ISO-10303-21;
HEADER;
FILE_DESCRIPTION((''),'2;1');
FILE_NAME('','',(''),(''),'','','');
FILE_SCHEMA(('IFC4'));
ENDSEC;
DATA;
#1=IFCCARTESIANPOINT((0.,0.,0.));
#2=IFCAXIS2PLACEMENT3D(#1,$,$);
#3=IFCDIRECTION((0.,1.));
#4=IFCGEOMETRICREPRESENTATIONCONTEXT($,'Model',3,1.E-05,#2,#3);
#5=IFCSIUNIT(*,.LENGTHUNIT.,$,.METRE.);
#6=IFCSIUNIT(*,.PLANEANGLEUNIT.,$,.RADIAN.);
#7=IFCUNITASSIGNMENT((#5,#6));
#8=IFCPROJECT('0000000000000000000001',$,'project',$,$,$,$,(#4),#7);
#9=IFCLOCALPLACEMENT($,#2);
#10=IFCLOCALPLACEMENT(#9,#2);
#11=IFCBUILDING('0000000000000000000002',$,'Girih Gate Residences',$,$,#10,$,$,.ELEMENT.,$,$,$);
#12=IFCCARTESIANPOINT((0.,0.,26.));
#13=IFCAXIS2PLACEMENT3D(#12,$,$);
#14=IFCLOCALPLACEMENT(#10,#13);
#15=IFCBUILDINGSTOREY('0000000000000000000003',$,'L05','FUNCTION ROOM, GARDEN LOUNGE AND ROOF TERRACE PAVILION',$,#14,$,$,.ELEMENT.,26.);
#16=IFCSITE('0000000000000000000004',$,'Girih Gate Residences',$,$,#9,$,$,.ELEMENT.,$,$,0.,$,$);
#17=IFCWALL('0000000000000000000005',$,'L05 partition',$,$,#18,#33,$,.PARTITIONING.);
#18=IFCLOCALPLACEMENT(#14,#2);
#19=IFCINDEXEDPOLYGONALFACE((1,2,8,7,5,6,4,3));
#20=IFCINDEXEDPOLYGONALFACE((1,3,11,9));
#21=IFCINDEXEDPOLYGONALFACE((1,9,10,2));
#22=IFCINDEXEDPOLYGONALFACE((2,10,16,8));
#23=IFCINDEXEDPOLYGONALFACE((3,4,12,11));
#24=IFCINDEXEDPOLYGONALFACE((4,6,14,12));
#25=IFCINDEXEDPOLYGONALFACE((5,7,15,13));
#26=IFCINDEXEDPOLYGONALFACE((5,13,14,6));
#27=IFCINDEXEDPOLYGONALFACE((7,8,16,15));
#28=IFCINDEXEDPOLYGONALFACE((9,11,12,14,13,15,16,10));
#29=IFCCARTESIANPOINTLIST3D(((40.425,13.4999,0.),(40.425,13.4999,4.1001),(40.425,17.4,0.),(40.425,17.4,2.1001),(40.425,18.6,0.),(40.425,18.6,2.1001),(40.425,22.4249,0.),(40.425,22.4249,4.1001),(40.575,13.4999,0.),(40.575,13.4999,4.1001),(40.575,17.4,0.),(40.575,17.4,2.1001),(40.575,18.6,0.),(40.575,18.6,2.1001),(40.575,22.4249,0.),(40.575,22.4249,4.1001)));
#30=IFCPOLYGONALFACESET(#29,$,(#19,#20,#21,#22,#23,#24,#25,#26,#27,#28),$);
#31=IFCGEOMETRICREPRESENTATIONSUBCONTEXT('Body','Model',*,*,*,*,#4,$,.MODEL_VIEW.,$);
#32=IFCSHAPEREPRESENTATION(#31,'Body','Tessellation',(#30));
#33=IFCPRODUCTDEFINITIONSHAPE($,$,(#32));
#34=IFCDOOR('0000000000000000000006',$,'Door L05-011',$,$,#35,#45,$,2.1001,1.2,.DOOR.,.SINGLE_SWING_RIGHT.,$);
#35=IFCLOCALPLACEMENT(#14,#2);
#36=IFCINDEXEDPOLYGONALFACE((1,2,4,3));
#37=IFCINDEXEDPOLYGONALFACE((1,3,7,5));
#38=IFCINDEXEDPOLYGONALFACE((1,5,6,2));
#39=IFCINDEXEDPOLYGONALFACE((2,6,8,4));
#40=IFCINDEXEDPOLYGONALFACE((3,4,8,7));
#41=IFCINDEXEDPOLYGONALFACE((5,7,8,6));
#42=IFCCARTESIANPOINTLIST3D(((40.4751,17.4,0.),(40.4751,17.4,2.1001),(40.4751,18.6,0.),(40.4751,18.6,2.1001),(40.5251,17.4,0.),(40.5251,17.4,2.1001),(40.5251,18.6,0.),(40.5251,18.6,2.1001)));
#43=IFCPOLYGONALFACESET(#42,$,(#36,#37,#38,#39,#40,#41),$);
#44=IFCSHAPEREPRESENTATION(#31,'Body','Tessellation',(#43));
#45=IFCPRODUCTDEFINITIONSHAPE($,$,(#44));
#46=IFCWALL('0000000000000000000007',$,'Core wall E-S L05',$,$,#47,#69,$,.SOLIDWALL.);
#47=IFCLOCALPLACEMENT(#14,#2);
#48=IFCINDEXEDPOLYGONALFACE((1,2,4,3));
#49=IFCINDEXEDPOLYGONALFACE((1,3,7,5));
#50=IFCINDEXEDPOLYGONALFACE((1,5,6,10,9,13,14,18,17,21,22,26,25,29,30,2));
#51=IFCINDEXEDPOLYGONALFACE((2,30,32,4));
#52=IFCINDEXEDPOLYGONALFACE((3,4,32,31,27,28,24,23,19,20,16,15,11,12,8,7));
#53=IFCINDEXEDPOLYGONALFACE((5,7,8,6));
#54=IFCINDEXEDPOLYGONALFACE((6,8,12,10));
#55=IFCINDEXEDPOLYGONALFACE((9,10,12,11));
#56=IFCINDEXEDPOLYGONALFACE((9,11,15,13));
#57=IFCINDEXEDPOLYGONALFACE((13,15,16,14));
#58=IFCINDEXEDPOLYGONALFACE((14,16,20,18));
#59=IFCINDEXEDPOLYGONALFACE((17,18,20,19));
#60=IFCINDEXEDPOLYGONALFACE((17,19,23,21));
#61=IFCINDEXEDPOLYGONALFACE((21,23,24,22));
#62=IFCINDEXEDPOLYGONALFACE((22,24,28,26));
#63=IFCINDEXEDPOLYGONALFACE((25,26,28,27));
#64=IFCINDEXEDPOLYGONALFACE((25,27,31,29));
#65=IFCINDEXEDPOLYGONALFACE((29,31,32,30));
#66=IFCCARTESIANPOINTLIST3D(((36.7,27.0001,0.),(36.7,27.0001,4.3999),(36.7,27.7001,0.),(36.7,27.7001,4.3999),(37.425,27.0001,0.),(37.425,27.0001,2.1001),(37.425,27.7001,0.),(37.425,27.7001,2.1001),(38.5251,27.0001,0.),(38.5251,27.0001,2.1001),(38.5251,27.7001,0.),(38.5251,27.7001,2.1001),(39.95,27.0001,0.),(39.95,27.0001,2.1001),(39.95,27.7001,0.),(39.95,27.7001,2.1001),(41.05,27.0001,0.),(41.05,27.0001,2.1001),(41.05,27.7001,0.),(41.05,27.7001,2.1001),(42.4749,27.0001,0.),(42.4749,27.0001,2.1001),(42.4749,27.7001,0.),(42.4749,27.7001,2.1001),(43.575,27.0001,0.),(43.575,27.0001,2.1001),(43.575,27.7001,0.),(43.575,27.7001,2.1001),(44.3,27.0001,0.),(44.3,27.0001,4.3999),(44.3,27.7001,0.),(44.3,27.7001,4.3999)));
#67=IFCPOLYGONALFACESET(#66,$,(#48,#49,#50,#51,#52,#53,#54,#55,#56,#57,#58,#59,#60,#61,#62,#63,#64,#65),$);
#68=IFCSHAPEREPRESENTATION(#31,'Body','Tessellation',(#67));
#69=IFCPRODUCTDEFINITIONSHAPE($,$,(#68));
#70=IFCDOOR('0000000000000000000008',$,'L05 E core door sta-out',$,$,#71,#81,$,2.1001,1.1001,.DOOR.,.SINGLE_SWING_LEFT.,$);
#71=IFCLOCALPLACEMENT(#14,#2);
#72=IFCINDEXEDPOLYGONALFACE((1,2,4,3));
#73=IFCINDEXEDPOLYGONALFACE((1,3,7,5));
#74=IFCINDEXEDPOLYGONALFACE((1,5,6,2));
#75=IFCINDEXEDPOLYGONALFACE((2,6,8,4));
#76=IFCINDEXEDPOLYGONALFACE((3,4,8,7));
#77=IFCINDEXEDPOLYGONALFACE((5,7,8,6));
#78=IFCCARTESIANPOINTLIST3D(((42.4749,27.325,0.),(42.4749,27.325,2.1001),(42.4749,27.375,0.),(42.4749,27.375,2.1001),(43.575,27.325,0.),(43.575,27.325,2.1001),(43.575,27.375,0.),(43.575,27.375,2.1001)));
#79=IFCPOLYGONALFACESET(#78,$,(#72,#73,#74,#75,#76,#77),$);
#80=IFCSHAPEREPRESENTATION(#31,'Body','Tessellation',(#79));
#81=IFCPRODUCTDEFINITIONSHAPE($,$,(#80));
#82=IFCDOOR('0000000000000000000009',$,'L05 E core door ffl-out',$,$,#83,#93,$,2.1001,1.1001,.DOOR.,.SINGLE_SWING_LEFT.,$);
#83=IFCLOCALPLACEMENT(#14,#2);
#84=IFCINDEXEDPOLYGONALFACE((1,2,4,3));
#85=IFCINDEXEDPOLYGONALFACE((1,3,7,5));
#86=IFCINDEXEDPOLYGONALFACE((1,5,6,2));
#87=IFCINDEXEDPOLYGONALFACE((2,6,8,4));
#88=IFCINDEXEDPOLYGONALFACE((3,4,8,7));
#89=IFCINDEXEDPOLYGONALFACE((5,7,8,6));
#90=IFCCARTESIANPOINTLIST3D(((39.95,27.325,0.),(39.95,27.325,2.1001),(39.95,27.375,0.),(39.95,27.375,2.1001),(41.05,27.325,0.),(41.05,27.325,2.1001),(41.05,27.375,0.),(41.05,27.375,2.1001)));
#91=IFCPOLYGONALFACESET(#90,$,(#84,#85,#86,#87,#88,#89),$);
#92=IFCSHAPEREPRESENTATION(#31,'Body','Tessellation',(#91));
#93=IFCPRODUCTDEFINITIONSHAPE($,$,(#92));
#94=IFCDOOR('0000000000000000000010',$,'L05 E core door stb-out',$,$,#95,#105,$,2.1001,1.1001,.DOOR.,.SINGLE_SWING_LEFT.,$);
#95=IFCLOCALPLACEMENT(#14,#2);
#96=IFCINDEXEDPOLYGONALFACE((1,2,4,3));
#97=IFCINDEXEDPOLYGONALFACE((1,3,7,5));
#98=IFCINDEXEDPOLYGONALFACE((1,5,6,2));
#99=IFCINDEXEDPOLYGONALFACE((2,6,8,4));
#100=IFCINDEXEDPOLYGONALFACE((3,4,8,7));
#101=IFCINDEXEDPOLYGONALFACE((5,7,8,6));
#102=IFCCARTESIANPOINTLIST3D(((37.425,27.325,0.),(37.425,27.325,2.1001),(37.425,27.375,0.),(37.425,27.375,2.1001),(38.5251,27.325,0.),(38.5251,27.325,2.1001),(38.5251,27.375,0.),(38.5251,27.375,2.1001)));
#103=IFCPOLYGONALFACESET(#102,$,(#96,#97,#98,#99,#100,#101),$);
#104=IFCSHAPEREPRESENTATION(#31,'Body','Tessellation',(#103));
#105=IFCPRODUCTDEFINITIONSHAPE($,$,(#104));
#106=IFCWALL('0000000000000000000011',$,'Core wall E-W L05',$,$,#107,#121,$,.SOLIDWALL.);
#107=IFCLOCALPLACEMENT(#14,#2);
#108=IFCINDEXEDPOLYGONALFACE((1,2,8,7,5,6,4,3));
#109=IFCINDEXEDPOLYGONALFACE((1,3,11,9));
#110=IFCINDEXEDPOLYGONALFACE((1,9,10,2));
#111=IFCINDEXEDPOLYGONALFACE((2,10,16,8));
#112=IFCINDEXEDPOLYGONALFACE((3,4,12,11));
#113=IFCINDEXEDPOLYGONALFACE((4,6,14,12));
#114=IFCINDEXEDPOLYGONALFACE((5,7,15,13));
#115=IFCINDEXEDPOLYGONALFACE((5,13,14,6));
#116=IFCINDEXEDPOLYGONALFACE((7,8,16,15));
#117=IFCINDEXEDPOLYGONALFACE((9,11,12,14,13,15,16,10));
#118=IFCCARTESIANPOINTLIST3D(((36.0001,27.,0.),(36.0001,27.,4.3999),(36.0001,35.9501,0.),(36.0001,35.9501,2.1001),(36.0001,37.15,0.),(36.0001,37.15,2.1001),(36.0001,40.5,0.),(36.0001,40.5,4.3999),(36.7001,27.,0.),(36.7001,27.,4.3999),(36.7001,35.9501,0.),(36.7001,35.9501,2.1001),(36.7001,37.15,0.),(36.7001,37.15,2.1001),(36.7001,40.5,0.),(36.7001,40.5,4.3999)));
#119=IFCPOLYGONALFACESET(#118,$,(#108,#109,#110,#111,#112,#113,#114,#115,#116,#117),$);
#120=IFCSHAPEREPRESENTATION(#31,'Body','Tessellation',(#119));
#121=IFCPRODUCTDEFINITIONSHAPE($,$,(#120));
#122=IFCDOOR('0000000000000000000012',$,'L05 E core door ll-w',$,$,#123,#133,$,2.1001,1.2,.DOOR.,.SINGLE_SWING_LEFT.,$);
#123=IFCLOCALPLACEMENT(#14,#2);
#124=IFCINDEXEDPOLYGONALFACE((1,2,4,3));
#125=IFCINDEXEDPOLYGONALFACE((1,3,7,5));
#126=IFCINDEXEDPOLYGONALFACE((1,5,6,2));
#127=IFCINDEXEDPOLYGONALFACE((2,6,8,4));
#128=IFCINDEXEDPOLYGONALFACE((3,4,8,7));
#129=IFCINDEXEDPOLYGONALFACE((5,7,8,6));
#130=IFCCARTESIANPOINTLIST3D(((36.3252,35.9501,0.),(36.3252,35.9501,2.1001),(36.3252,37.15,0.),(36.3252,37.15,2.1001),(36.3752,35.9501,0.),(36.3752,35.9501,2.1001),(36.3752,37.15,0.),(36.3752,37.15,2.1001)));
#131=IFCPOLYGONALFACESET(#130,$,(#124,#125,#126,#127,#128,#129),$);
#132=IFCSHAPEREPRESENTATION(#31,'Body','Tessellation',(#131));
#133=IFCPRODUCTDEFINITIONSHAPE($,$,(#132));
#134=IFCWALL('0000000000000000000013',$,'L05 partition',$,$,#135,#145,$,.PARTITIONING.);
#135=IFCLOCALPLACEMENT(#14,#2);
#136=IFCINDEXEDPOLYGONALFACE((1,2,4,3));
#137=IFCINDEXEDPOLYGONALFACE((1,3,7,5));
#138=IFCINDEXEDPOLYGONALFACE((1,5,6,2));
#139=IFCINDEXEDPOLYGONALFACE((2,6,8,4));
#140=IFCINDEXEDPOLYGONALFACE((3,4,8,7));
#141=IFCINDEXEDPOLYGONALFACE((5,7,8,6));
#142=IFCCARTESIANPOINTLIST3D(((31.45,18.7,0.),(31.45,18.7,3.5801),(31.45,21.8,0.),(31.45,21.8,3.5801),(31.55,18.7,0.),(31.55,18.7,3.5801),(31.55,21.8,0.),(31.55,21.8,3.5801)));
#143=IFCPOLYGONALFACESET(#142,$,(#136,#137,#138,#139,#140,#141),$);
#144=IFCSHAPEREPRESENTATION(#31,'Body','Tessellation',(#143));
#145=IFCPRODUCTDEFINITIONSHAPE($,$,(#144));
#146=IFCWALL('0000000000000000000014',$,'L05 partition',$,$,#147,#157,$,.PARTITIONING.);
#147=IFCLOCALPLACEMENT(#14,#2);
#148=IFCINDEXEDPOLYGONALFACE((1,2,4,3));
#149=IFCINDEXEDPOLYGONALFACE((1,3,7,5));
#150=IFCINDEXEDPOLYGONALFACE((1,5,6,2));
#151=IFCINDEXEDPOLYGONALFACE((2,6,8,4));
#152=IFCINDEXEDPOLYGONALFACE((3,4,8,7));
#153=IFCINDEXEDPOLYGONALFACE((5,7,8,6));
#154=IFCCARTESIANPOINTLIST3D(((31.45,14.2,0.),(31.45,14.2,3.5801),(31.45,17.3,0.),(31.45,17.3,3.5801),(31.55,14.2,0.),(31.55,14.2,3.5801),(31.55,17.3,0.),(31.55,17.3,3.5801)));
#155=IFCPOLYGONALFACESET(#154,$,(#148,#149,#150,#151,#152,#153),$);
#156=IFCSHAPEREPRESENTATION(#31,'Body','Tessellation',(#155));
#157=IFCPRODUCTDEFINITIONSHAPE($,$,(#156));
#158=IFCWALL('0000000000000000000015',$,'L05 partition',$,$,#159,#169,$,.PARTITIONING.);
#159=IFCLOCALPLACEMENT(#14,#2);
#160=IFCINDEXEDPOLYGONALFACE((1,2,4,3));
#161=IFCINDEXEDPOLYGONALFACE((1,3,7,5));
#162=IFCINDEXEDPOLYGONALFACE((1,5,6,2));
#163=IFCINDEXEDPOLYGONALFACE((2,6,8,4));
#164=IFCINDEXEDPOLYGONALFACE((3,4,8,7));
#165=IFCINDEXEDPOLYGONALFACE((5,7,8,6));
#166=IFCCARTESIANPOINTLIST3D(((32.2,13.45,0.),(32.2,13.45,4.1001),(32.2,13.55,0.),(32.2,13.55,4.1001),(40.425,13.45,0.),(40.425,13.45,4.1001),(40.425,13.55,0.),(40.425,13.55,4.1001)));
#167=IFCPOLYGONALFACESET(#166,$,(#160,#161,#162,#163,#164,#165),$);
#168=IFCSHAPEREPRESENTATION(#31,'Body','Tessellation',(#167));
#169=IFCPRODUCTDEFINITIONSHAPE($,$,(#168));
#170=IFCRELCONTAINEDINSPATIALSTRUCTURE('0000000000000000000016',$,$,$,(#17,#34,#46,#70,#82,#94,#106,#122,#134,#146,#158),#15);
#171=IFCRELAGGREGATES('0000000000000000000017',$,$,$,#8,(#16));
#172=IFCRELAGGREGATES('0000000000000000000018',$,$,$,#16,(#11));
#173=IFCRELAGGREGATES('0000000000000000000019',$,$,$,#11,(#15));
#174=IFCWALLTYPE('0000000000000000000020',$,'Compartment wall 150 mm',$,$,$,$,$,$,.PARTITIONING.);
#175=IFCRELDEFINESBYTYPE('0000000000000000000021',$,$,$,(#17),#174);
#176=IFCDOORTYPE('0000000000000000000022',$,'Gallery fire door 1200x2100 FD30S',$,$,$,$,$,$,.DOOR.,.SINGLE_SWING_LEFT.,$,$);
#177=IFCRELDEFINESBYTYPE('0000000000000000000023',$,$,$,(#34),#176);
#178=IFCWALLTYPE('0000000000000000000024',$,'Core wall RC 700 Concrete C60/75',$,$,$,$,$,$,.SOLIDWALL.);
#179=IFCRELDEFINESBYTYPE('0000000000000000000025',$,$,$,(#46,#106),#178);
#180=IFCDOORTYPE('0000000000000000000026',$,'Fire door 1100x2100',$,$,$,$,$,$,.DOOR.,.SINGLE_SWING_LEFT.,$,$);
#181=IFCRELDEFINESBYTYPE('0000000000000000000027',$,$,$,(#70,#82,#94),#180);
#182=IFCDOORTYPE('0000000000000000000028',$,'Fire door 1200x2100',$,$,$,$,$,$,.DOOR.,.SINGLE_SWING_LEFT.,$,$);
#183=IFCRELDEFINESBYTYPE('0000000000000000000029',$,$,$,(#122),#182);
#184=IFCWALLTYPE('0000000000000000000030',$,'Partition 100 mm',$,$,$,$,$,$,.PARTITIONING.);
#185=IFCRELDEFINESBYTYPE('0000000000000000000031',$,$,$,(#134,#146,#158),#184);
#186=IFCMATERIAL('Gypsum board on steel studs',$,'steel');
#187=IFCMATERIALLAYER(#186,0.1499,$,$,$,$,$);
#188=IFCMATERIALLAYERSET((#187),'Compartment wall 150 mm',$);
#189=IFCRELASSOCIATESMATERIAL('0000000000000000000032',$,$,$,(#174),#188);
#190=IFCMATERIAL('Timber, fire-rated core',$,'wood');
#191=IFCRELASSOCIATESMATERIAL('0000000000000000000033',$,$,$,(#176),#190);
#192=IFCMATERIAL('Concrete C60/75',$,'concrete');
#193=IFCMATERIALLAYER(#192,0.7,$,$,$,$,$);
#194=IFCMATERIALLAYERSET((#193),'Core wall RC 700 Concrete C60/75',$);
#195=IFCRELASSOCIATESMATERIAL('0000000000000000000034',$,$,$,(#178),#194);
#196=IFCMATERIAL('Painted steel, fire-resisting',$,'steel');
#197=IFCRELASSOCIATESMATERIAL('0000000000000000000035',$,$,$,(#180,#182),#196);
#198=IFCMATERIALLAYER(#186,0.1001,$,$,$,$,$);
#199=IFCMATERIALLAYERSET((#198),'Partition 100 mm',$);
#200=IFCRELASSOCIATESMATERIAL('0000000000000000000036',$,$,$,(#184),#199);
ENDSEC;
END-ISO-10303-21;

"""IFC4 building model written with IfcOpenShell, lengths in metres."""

from ifc_helpers import new_model, si_unit, direction, frame, frame_2d, origin, place, context, subcontext, project, spatial, rectangle, extrude, material, layer, layer_set, type_object, element, fill, save


model = new_model("IFC4")

# Units and contexts
model_context = context("Model", 3, precision=1e-05, world=origin(), true_north=direction((0.0, 1.0)))
body_context = subcontext(model_context, "Body", "Model", "MODEL_VIEW")
ifc_project = project(units=[si_unit("LENGTHUNIT", "METRE"), si_unit("PLANEANGLEUNIT", "RADIAN")], contexts=[model_context])

# Site, building, storey
site_placement = place(None, origin())
site = spatial("IfcSite", under=ifc_project, at=site_placement, Name="Girih Gate Residences", CompositionType="ELEMENT", RefElevation=0.0)
building_placement = place(site_placement, origin())
building = spatial("IfcBuilding", under=site, at=building_placement, Name="Girih Gate Residences", CompositionType="ELEMENT")
storey_placement = place(building_placement, frame((0.0, 0.0, 26.0)))
storey = spatial("IfcBuildingStorey", under=building, at=storey_placement, Name="L05", Description="FUNCTION ROOM, GARDEN LOUNGE AND ROOF TERRACE PAVILION", CompositionType="ELEMENT", Elevation=26.0)

# Shared definitions
ifc_material_1 = material(Name="Concrete C60/75", Category="concrete")

# Shared definitions
ifc_material_2 = material(Name="Gypsum board on steel studs", Category="steel")
ifc_layer_1 = layer(ifc_material_2, 0.1499)
ifc_layer_set_1 = layer_set([ifc_layer_1], Name="Compartment wall 150 mm")
wall_type_1 = type_object("IfcWallType", Name="Compartment wall 150 mm", PredefinedType="PARTITIONING", material=ifc_layer_set_1)
ifc_material_3 = material(Name="Timber, fire-rated core", Category="wood")

# Wall, opening, door
wall_1_placement = place(storey_placement, frame((40.5, 13.5, 0.0), z_axis=(0.0, 0.0, 1.0), x_axis=(0.0, 1.0, 0.0)))
wall_1 = element("IfcWall", 1, at=wall_1_placement, inside=storey, type_object=wall_type_1, Name="L05 partition", PredefinedType="PARTITIONING", context=body_context, shape_type="SweptSolid", body=[
    extrude(rectangle(XDim=8.925, YDim=0.1499, at=frame_2d((4.4624, 0.0))), origin(), (0.0, 0.0, 1.0), 4.1001),
])
opening_1_placement = place(wall_1_placement, frame((3.8999, 0.0, 0.0)))
opening_1 = element("IfcOpeningElement", 2, at=opening_1_placement, cuts=wall_1, PredefinedType="OPENING", context=body_context, shape_type="SweptSolid", body=[
    extrude(rectangle(XDim=1.2, YDim=2.1001, at=frame_2d((0.6001, 1.05))), frame((0.0, 0.085, 0.0), z_axis=(0.0, -1.0, 0.0), x_axis=(1.0, 0.0, 0.0)), (0.0, 0.0, 1.0), 0.1699),
])
door_type_1 = type_object("IfcDoorType", Name="Gallery fire door 1200x2100 FD30S", OperationType="SINGLE_SWING_LEFT", PredefinedType="DOOR", material=ifc_material_3)
door_1_placement = place(opening_1_placement, origin())
door_1 = element("IfcDoor", 3, at=door_1_placement, inside=storey, type_object=door_type_1, Name="Door L05-011", OperationType="SINGLE_SWING_RIGHT", OverallHeight=2.1001, OverallWidth=1.2, PredefinedType="DOOR", context=body_context, shape_type="SweptSolid", body=[
    extrude(rectangle(XDim=1.2, YDim=2.1001, at=frame_2d((0.6001, 1.05))), frame((0.0, 0.0249, 0.0), z_axis=(0.0, -1.0, 0.0), x_axis=(1.0, 0.0, 0.0)), (0.0, 0.0, 1.0), 0.05),
])
fill(opening_1, door_1)

# Wall, openings, doors
ifc_layer_2 = layer(ifc_material_1, 0.7)
ifc_layer_set_2 = layer_set([ifc_layer_2], Name="Core wall RC 700 Concrete C60/75")
wall_type_2 = type_object("IfcWallType", Name="Core wall RC 700 Concrete C60/75", PredefinedType="SOLIDWALL", material=ifc_layer_set_2)
wall_2_placement = place(storey_placement, frame((36.7, 27.3501, 0.0), z_axis=(0.0, 0.0, 1.0), x_axis=(1.0, 0.0, 0.0)))
wall_2 = element("IfcWall", 4, at=wall_2_placement, inside=storey, type_object=wall_type_2, Name="Core wall E-S L05", PredefinedType="SOLIDWALL", context=body_context, shape_type="SweptSolid", body=[
    extrude(rectangle(XDim=7.6001, YDim=0.7, at=frame_2d((3.8, 0.0))), origin(), (0.0, 0.0, 1.0), 4.3999),
])
opening_2_placement = place(wall_2_placement, frame((5.7749, 0.0, 0.0)))
opening_2 = element("IfcOpeningElement", 5, at=opening_2_placement, cuts=wall_2, PredefinedType="OPENING", context=body_context, shape_type="SweptSolid", body=[
    extrude(rectangle(XDim=1.1001, YDim=2.1001, at=frame_2d((0.55, 1.05))), frame((0.0, 0.3599, 0.0), z_axis=(0.0, -1.0, 0.0), x_axis=(1.0, 0.0, 0.0)), (0.0, 0.0, 1.0), 0.72),
])
opening_3_placement = place(wall_2_placement, frame((3.25, 0.0, 0.0)))
opening_3 = element("IfcOpeningElement", 6, at=opening_3_placement, cuts=wall_2, PredefinedType="OPENING", context=body_context, shape_type="SweptSolid", body=[
    extrude(rectangle(XDim=1.1001, YDim=2.1001, at=frame_2d((0.55, 1.05))), frame((0.0, 0.3599, 0.0), z_axis=(0.0, -1.0, 0.0), x_axis=(1.0, 0.0, 0.0)), (0.0, 0.0, 1.0), 0.72),
])
opening_4_placement = place(wall_2_placement, frame((0.7251, 0.0, 0.0)))
opening_4 = element("IfcOpeningElement", 7, at=opening_4_placement, cuts=wall_2, PredefinedType="OPENING", context=body_context, shape_type="SweptSolid", body=[
    extrude(rectangle(XDim=1.1001, YDim=2.1001, at=frame_2d((0.55, 1.05))), frame((0.0, 0.3599, 0.0), z_axis=(0.0, -1.0, 0.0), x_axis=(1.0, 0.0, 0.0)), (0.0, 0.0, 1.0), 0.72),
])
ifc_material_4 = material(Name="Painted steel, fire-resisting", Category="steel")
door_type_2 = type_object("IfcDoorType", Name="Fire door 1100x2100", OperationType="SINGLE_SWING_LEFT", PredefinedType="DOOR", material=ifc_material_4)
door_2_placement = place(opening_2_placement, origin())
door_2 = element("IfcDoor", 8, at=door_2_placement, inside=storey, type_object=door_type_2, Name="L05 E core door sta-out", OperationType="SINGLE_SWING_LEFT", OverallHeight=2.1001, OverallWidth=1.1001, PredefinedType="DOOR", context=body_context, shape_type="SweptSolid", body=[
    extrude(rectangle(XDim=1.1001, YDim=2.1001, at=frame_2d((0.55, 1.05))), frame((0.0, 0.0249, 0.0), z_axis=(0.0, -1.0, 0.0), x_axis=(1.0, 0.0, 0.0)), (0.0, 0.0, 1.0), 0.05),
])
fill(opening_2, door_2)
door_3_placement = place(opening_3_placement, origin())
door_3 = element("IfcDoor", 9, at=door_3_placement, inside=storey, type_object=door_type_2, Name="L05 E core door ffl-out", OperationType="SINGLE_SWING_LEFT", OverallHeight=2.1001, OverallWidth=1.1001, PredefinedType="DOOR", context=body_context, shape_type="SweptSolid", body=[
    extrude(rectangle(XDim=1.1001, YDim=2.1001, at=frame_2d((0.55, 1.05))), frame((0.0, 0.0249, 0.0), z_axis=(0.0, -1.0, 0.0), x_axis=(1.0, 0.0, 0.0)), (0.0, 0.0, 1.0), 0.05),
])
fill(opening_3, door_3)
door_4_placement = place(opening_4_placement, origin())
door_4 = element("IfcDoor", 10, at=door_4_placement, inside=storey, type_object=door_type_2, Name="L05 E core door stb-out", OperationType="SINGLE_SWING_LEFT", OverallHeight=2.1001, OverallWidth=1.1001, PredefinedType="DOOR", context=body_context, shape_type="SweptSolid", body=[
    extrude(rectangle(XDim=1.1001, YDim=2.1001, at=frame_2d((0.55, 1.05))), frame((0.0, 0.0249, 0.0), z_axis=(0.0, -1.0, 0.0), x_axis=(1.0, 0.0, 0.0)), (0.0, 0.0, 1.0), 0.05),
])
fill(opening_4, door_4)

# Wall, opening, door
wall_3_placement = place(storey_placement, frame((36.3501, 27.0, 0.0), z_axis=(0.0, 0.0, 1.0), x_axis=(0.0, 1.0, 0.0)))
wall_3 = element("IfcWall", 11, at=wall_3_placement, inside=storey, type_object=wall_type_2, Name="Core wall E-W L05", PredefinedType="SOLIDWALL", context=body_context, shape_type="SweptSolid", body=[
    extrude(rectangle(XDim=13.5, YDim=0.7, at=frame_2d((6.75, 0.0))), origin(), (0.0, 0.0, 1.0), 4.3999),
])
opening_5_placement = place(wall_3_placement, frame((8.95, 0.0, 0.0)))
opening_5 = element("IfcOpeningElement", 12, at=opening_5_placement, cuts=wall_3, PredefinedType="OPENING", context=body_context, shape_type="SweptSolid", body=[
    extrude(rectangle(XDim=1.2, YDim=2.1001, at=frame_2d((0.6001, 1.05))), frame((0.0, 0.3599, 0.0), z_axis=(0.0, -1.0, 0.0), x_axis=(1.0, 0.0, 0.0)), (0.0, 0.0, 1.0), 0.72),
])
door_type_3 = type_object("IfcDoorType", Name="Fire door 1200x2100", OperationType="SINGLE_SWING_LEFT", PredefinedType="DOOR", material=ifc_material_4)
door_5_placement = place(opening_5_placement, origin())
door_5 = element("IfcDoor", 13, at=door_5_placement, inside=storey, type_object=door_type_3, Name="L05 E core door ll-w", OperationType="SINGLE_SWING_LEFT", OverallHeight=2.1001, OverallWidth=1.2, PredefinedType="DOOR", context=body_context, shape_type="SweptSolid", body=[
    extrude(rectangle(XDim=1.2, YDim=2.1001, at=frame_2d((0.6001, 1.05))), frame((0.0, 0.0249, 0.0), z_axis=(0.0, -1.0, 0.0), x_axis=(1.0, 0.0, 0.0)), (0.0, 0.0, 1.0), 0.05),
])
fill(opening_5, door_5)

# Walls
ifc_layer_3 = layer(ifc_material_2, 0.1001)
ifc_layer_set_3 = layer_set([ifc_layer_3], Name="Partition 100 mm")
wall_type_3 = type_object("IfcWallType", Name="Partition 100 mm", PredefinedType="PARTITIONING", material=ifc_layer_set_3)
for number, where, z_axis, x_axis, name in (
    (14, (31.5, 18.7, 0.0), (0.0, 0.0, 1.0), (0.0, 1.0, 0.0), "L05 partition"),
    (15, (31.5, 14.2, 0.0), (0.0, 0.0, 1.0), (0.0, 1.0, 0.0), "L05 partition"),
):
    element("IfcWall", number, at=place(storey_placement, frame(where, z_axis=z_axis, x_axis=x_axis)), inside=storey, type_object=wall_type_3, Name=name, PredefinedType="PARTITIONING", context=body_context, shape_type="SweptSolid", body=[
        extrude(rectangle(XDim=3.1001, YDim=0.1001, at=frame_2d((1.55, 0.0))), origin(), (0.0, 0.0, 1.0), 3.5801),
    ])
wall_4_placement = place(storey_placement, frame((32.2, 13.5, 0.0), z_axis=(0.0, 0.0, 1.0), x_axis=(1.0, 0.0, 0.0)))
element("IfcWall", 16, at=wall_4_placement, inside=storey, type_object=wall_type_3, Name="L05 partition", PredefinedType="PARTITIONING", context=body_context, shape_type="SweptSolid", body=[
    extrude(rectangle(XDim=8.2251, YDim=0.1001, at=frame_2d((4.1125, 0.0))), origin(), (0.0, 0.0, 1.0), 4.1001),
])

save(model, "model.ifc")
